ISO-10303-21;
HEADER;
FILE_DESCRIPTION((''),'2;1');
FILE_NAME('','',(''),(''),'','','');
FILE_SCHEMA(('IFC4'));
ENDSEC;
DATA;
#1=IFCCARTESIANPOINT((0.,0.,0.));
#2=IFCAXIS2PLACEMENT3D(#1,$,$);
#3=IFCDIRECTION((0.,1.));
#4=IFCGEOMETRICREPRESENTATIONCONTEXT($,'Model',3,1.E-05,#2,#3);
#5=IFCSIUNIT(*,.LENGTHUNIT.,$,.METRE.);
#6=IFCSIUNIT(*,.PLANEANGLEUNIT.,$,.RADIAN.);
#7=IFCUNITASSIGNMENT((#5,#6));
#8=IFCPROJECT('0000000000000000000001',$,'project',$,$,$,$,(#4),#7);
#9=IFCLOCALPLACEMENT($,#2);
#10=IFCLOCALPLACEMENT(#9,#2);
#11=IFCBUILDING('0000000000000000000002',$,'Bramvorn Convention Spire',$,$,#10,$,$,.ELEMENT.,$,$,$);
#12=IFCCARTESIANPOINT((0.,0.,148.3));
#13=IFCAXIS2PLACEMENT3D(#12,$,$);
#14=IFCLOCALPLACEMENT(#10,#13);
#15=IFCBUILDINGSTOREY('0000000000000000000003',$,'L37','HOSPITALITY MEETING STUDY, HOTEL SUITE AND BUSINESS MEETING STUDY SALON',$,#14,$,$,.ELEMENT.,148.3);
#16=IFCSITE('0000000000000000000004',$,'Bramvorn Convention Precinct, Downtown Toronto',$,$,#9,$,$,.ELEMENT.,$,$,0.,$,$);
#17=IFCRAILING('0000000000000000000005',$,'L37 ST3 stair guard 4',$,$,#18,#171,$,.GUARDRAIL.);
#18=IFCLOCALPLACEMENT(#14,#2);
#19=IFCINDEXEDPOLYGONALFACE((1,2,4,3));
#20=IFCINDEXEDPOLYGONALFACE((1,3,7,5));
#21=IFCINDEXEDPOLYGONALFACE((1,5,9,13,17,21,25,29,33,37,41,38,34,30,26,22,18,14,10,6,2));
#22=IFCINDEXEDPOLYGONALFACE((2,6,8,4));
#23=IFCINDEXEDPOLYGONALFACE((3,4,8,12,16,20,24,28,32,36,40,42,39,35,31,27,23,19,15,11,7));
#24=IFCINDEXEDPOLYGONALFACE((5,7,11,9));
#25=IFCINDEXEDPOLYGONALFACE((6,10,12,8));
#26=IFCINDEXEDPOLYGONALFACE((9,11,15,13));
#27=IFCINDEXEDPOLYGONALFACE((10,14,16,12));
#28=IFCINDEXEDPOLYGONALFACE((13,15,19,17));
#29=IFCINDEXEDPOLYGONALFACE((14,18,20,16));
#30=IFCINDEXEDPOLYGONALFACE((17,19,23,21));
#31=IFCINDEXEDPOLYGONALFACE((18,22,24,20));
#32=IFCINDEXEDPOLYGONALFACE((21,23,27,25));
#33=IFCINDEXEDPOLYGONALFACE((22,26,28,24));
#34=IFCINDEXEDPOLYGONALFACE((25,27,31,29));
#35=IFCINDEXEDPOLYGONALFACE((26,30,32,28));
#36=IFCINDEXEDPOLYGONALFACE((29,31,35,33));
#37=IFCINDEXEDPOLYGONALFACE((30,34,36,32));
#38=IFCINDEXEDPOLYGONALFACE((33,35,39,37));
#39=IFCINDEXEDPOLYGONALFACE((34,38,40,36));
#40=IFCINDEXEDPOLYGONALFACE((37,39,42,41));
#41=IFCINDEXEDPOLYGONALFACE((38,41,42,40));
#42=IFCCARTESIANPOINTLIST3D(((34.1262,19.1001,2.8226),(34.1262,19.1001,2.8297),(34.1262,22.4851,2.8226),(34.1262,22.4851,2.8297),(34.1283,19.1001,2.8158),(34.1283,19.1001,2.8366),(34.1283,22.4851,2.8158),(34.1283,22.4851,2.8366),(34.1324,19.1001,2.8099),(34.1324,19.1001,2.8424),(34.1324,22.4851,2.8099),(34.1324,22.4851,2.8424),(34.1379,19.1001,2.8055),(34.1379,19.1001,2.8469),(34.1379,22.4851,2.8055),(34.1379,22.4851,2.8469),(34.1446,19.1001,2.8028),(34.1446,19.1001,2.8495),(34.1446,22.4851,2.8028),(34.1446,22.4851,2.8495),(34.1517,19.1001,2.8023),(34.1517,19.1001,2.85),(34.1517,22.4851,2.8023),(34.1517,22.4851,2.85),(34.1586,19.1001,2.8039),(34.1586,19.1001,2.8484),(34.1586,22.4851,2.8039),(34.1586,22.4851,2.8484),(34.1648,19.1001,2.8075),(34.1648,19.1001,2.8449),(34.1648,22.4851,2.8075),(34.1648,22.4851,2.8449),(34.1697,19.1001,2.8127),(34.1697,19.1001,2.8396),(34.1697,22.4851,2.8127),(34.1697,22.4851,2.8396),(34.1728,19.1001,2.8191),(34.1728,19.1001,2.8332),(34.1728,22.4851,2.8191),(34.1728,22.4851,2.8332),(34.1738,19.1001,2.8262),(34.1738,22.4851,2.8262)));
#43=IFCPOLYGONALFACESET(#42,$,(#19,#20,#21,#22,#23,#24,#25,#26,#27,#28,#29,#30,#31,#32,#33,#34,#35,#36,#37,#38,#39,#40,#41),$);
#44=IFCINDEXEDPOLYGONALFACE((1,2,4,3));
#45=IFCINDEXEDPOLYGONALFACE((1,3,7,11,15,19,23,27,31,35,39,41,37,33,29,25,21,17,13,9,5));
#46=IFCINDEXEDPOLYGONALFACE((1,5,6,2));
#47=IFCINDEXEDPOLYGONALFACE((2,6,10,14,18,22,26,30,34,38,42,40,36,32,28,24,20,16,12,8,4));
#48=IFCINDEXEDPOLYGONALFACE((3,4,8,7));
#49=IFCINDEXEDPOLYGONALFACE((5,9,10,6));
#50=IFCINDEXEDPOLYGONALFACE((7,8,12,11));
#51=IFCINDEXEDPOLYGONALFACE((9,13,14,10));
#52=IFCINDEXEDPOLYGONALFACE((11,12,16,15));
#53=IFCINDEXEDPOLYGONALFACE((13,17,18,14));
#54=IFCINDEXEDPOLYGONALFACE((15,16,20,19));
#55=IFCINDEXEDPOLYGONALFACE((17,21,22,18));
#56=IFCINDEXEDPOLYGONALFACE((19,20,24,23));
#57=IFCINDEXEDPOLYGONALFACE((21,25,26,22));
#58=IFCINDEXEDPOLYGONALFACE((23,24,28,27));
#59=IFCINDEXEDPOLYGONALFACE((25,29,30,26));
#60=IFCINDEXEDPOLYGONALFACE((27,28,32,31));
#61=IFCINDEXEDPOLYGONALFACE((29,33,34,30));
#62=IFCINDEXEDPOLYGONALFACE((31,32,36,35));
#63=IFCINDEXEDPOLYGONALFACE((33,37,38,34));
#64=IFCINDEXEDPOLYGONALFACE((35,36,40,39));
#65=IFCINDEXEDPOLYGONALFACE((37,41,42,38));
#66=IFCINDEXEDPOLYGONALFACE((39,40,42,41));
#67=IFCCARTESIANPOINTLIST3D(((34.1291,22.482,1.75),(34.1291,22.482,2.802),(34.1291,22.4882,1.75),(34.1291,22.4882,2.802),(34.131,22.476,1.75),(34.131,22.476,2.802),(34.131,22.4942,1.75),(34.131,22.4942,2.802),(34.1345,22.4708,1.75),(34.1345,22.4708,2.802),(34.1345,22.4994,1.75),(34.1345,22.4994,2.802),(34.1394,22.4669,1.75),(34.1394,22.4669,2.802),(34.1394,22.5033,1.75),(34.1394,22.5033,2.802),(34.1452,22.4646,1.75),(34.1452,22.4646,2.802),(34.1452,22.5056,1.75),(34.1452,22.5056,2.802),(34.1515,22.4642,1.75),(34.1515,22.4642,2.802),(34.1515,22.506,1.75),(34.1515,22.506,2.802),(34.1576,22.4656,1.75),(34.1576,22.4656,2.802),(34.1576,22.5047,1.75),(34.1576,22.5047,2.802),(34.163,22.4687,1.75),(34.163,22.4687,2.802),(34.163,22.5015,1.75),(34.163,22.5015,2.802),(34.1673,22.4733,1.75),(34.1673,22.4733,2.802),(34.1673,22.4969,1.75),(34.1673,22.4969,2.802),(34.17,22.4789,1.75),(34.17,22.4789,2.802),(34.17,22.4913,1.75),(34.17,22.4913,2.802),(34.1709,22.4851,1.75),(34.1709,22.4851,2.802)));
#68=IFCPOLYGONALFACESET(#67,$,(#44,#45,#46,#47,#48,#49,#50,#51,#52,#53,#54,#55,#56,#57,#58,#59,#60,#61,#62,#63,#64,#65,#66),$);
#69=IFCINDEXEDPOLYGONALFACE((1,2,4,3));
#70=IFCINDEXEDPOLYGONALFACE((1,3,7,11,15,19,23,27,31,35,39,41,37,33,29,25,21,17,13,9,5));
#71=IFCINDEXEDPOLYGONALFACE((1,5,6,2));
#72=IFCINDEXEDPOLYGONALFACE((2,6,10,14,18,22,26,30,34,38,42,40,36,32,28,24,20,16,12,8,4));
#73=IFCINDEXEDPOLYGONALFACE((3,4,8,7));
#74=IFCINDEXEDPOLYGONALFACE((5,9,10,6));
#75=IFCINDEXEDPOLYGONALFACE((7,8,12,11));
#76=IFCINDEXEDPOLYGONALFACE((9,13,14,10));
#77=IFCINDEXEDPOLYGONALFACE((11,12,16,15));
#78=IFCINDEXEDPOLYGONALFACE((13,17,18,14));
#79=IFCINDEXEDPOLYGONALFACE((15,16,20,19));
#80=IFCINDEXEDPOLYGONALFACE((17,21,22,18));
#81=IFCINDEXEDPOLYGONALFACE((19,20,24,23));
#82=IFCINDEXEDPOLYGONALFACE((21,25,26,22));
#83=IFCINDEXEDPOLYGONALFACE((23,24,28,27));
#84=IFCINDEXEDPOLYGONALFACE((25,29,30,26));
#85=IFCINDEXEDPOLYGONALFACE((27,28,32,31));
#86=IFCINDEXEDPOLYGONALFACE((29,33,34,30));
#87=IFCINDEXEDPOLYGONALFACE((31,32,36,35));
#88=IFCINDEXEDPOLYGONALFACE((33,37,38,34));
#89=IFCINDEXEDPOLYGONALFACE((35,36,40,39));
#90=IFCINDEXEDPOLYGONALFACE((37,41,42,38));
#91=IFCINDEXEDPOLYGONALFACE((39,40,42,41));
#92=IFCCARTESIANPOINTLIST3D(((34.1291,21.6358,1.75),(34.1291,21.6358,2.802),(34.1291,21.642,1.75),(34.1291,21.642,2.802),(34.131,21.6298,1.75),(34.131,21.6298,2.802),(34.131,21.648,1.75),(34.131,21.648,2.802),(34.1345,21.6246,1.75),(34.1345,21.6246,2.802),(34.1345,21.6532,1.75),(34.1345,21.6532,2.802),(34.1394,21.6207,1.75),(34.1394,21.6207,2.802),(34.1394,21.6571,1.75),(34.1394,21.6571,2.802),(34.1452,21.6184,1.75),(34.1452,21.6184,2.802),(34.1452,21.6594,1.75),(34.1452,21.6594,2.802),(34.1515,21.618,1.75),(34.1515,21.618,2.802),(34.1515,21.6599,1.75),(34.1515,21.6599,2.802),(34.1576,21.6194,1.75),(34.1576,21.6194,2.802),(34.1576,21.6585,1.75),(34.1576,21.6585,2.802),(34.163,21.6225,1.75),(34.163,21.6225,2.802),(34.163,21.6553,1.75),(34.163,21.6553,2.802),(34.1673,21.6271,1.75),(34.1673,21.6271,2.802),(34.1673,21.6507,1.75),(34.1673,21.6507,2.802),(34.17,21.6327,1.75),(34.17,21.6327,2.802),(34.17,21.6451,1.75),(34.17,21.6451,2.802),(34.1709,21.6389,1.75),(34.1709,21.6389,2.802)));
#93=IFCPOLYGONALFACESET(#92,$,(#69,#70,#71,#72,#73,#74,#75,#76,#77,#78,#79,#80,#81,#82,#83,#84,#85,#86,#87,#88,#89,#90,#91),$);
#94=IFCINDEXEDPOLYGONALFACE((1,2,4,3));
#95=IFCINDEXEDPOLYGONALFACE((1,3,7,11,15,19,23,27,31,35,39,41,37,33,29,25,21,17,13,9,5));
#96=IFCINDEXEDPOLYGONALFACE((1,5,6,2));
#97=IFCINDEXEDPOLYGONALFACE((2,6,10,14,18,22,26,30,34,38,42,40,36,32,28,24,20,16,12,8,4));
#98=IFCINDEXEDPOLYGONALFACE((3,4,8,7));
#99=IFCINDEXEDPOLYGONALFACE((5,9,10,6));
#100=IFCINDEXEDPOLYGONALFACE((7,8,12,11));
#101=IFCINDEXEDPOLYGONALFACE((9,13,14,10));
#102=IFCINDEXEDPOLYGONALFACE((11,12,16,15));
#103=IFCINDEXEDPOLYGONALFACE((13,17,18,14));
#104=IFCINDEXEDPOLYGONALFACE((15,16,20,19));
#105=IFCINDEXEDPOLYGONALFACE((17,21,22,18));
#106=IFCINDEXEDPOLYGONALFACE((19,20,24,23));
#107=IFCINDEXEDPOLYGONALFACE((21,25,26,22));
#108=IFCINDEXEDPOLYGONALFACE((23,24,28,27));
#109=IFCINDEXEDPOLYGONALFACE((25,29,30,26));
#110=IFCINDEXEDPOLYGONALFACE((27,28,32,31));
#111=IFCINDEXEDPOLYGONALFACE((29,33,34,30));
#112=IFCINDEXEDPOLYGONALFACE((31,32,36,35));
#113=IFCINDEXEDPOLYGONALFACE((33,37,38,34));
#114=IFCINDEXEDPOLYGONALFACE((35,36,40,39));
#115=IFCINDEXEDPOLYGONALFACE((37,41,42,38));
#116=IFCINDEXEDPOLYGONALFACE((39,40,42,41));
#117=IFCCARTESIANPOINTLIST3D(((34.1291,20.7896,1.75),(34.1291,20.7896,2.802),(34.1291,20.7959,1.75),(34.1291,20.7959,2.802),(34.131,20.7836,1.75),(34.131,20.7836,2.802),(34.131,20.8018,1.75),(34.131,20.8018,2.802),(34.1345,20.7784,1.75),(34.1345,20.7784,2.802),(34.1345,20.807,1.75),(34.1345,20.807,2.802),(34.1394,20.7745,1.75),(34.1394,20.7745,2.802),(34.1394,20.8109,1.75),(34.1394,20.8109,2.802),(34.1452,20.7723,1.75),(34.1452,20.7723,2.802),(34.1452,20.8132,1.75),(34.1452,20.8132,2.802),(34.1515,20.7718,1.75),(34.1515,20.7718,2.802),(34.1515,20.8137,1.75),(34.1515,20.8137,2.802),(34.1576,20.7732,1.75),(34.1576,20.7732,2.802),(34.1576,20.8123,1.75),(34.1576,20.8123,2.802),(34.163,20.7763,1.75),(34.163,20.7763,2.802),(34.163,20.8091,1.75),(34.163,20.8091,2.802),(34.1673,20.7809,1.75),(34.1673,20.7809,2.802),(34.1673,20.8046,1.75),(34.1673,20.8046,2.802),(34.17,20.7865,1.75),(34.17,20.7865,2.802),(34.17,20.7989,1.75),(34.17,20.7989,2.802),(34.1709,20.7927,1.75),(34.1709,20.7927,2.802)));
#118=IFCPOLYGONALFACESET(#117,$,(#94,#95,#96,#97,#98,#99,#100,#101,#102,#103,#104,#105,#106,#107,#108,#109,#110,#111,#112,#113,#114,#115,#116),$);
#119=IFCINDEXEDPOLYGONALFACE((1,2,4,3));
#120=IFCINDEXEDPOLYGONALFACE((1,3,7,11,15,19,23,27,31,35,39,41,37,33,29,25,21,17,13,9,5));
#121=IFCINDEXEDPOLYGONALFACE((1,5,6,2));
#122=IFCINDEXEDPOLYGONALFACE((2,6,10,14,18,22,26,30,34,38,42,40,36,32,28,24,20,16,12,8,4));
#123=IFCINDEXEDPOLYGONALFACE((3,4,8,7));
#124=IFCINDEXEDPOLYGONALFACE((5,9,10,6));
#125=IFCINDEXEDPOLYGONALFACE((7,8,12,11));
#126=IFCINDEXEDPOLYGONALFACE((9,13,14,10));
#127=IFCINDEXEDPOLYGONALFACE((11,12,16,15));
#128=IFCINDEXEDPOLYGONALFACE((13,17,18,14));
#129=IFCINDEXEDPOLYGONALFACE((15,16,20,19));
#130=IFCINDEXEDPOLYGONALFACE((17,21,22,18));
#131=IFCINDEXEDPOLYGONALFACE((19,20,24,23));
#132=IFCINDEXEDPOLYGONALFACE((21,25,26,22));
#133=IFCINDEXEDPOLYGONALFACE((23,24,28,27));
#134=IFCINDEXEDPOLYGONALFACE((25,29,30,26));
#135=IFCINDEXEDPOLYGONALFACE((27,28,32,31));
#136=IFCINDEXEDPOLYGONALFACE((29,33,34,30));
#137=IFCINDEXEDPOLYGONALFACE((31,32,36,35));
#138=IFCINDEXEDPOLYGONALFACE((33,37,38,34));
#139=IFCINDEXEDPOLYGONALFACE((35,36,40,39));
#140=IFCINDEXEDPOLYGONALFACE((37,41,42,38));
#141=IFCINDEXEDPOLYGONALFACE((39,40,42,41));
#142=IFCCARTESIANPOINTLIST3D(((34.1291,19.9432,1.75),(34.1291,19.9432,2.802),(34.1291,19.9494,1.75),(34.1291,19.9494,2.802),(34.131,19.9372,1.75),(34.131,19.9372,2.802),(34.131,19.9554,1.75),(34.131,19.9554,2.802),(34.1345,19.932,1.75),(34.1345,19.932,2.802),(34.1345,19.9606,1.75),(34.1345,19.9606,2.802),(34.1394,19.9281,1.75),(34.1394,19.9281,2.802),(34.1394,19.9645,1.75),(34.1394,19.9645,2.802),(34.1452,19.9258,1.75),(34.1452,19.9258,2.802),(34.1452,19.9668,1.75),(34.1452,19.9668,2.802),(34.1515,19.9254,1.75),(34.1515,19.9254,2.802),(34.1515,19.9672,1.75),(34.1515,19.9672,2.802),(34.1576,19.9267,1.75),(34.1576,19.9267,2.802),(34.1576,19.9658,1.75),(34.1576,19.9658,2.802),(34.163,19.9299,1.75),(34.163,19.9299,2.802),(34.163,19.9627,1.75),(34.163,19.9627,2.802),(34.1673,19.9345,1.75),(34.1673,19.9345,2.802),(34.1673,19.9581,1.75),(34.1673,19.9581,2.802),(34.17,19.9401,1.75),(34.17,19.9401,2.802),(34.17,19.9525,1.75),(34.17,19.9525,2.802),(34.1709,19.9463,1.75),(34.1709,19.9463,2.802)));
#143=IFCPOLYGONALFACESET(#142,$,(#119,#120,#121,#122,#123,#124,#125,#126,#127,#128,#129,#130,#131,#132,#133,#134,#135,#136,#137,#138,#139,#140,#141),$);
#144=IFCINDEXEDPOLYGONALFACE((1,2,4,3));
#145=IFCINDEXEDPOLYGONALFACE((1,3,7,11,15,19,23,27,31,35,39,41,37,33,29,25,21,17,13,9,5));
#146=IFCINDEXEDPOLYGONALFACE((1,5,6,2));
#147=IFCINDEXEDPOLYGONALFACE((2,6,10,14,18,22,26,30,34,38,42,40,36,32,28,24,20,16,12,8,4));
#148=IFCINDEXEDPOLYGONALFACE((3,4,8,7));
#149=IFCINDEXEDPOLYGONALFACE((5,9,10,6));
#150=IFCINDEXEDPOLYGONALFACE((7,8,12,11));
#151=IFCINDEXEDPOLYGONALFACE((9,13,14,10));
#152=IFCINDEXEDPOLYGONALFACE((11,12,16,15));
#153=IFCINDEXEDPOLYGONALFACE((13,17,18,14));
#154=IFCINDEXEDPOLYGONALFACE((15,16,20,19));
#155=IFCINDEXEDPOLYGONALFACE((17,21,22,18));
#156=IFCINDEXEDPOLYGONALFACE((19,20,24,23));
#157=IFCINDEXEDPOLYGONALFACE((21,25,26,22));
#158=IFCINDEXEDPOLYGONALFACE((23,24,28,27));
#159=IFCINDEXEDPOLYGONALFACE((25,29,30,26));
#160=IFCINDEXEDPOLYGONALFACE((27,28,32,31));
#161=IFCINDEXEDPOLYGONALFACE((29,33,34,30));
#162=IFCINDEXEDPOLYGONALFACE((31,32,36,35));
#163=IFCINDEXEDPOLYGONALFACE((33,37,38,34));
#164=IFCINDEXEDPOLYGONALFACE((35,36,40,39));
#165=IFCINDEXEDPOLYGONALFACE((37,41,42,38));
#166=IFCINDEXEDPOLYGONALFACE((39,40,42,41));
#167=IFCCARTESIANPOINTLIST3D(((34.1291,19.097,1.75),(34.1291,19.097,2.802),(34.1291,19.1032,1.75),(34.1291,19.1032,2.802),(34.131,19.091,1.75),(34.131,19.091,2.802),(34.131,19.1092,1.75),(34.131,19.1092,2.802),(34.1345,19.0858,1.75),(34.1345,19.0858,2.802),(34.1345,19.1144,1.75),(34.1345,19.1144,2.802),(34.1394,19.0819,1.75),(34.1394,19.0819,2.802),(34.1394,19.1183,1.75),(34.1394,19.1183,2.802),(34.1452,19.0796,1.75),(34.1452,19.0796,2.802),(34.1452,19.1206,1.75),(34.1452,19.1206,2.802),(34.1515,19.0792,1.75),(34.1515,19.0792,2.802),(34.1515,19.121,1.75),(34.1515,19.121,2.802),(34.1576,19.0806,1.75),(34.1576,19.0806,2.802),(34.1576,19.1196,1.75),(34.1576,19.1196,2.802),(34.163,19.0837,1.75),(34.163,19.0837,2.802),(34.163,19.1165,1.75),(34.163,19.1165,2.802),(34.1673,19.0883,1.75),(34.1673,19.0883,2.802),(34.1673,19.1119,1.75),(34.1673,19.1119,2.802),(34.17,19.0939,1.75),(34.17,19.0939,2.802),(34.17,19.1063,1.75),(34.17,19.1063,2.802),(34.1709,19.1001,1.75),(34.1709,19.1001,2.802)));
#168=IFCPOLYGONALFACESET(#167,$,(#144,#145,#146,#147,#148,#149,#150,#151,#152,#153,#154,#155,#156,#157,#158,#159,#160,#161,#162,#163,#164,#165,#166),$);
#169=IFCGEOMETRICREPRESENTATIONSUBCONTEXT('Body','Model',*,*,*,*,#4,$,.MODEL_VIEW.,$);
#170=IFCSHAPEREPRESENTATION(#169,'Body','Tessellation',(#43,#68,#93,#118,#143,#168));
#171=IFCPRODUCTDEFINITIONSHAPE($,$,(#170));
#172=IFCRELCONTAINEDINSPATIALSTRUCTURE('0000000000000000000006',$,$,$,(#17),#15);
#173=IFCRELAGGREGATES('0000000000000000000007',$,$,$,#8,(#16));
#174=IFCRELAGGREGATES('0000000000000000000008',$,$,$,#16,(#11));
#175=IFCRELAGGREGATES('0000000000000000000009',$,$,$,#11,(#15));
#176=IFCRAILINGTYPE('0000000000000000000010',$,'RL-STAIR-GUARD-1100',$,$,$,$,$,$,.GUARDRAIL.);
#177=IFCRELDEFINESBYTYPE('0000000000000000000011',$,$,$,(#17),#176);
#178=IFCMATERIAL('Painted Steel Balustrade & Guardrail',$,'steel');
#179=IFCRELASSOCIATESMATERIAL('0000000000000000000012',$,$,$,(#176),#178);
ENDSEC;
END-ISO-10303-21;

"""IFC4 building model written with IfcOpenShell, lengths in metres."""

from ifc_helpers import new_model, si_unit, direction, frame, origin, origin_2d, place, context, subcontext, project, spatial, circle, extrude, material, type_object, element, save


model = new_model("IFC4")

# Units and contexts
model_context = context("Model", 3, precision=1e-05, world=origin(), true_north=direction((0.0, 1.0)))
body_context = subcontext(model_context, "Body", "Model", "MODEL_VIEW")
ifc_project = project(units=[si_unit("LENGTHUNIT", "METRE"), si_unit("PLANEANGLEUNIT", "RADIAN")], contexts=[model_context])

# Site, building, storey
site_placement = place(None, origin())
site = spatial("IfcSite", under=ifc_project, at=site_placement, Name="Bramvorn Convention Precinct, Downtown Toronto", CompositionType="ELEMENT", RefElevation=0.0)
building_placement = place(site_placement, origin())
building = spatial("IfcBuilding", under=site, at=building_placement, Name="Bramvorn Convention Spire", CompositionType="ELEMENT")
storey_placement = place(building_placement, frame((0.0, 0.0, 148.3)))
storey = spatial("IfcBuildingStorey", under=building, at=storey_placement, Name="L37", Description="HOSPITALITY MEETING STUDY, HOTEL SUITE AND BUSINESS MEETING STUDY SALON", CompositionType="ELEMENT", Elevation=148.3)

# Railing
ifc_material_1 = material(Name="Painted Steel Balustrade & Guardrail", Category="steel")
railing_type_1 = type_object("IfcRailingType", Name="RL-STAIR-GUARD-1100", PredefinedType="GUARDRAIL", material=ifc_material_1)
for number, where, name in (
    (1, (34.1499, 22.4851, 1.75), "L37 ST3 stair guard 4"),
):
    element("IfcRailing", number, at=place(storey_placement, frame(where)), inside=storey, type_object=railing_type_1, Name=name, PredefinedType="GUARDRAIL", context=body_context, shape_type="SweptSolid", body=[
        extrude(circle(Radius=0.0239, at=origin_2d()), frame((0.0, 0.0, 1.0762), z_axis=(0.0, -1.0, 0.0), x_axis=(1.0, 0.0, 0.0)), (0.0, 0.0, 1.0), 3.385),
        extrude(circle(Radius=0.021, at=origin_2d()), origin(), (0.0, 0.0, 1.0), 1.052),
        extrude(circle(Radius=0.021, at=origin_2d()), frame((0.0, -0.8462, 0.0)), (0.0, 0.0, 1.0), 1.052),
        extrude(circle(Radius=0.021, at=origin_2d()), frame((0.0, -1.6924, 0.0)), (0.0, 0.0, 1.0), 1.052),
        extrude(circle(Radius=0.021, at=origin_2d()), frame((0.0, -2.5388, 0.0)), (0.0, 0.0, 1.0), 1.052),
        extrude(circle(Radius=0.021, at=origin_2d()), frame((0.0, -3.385, 0.0)), (0.0, 0.0, 1.0), 1.052),
    ])

save(model, "model.ifc")
